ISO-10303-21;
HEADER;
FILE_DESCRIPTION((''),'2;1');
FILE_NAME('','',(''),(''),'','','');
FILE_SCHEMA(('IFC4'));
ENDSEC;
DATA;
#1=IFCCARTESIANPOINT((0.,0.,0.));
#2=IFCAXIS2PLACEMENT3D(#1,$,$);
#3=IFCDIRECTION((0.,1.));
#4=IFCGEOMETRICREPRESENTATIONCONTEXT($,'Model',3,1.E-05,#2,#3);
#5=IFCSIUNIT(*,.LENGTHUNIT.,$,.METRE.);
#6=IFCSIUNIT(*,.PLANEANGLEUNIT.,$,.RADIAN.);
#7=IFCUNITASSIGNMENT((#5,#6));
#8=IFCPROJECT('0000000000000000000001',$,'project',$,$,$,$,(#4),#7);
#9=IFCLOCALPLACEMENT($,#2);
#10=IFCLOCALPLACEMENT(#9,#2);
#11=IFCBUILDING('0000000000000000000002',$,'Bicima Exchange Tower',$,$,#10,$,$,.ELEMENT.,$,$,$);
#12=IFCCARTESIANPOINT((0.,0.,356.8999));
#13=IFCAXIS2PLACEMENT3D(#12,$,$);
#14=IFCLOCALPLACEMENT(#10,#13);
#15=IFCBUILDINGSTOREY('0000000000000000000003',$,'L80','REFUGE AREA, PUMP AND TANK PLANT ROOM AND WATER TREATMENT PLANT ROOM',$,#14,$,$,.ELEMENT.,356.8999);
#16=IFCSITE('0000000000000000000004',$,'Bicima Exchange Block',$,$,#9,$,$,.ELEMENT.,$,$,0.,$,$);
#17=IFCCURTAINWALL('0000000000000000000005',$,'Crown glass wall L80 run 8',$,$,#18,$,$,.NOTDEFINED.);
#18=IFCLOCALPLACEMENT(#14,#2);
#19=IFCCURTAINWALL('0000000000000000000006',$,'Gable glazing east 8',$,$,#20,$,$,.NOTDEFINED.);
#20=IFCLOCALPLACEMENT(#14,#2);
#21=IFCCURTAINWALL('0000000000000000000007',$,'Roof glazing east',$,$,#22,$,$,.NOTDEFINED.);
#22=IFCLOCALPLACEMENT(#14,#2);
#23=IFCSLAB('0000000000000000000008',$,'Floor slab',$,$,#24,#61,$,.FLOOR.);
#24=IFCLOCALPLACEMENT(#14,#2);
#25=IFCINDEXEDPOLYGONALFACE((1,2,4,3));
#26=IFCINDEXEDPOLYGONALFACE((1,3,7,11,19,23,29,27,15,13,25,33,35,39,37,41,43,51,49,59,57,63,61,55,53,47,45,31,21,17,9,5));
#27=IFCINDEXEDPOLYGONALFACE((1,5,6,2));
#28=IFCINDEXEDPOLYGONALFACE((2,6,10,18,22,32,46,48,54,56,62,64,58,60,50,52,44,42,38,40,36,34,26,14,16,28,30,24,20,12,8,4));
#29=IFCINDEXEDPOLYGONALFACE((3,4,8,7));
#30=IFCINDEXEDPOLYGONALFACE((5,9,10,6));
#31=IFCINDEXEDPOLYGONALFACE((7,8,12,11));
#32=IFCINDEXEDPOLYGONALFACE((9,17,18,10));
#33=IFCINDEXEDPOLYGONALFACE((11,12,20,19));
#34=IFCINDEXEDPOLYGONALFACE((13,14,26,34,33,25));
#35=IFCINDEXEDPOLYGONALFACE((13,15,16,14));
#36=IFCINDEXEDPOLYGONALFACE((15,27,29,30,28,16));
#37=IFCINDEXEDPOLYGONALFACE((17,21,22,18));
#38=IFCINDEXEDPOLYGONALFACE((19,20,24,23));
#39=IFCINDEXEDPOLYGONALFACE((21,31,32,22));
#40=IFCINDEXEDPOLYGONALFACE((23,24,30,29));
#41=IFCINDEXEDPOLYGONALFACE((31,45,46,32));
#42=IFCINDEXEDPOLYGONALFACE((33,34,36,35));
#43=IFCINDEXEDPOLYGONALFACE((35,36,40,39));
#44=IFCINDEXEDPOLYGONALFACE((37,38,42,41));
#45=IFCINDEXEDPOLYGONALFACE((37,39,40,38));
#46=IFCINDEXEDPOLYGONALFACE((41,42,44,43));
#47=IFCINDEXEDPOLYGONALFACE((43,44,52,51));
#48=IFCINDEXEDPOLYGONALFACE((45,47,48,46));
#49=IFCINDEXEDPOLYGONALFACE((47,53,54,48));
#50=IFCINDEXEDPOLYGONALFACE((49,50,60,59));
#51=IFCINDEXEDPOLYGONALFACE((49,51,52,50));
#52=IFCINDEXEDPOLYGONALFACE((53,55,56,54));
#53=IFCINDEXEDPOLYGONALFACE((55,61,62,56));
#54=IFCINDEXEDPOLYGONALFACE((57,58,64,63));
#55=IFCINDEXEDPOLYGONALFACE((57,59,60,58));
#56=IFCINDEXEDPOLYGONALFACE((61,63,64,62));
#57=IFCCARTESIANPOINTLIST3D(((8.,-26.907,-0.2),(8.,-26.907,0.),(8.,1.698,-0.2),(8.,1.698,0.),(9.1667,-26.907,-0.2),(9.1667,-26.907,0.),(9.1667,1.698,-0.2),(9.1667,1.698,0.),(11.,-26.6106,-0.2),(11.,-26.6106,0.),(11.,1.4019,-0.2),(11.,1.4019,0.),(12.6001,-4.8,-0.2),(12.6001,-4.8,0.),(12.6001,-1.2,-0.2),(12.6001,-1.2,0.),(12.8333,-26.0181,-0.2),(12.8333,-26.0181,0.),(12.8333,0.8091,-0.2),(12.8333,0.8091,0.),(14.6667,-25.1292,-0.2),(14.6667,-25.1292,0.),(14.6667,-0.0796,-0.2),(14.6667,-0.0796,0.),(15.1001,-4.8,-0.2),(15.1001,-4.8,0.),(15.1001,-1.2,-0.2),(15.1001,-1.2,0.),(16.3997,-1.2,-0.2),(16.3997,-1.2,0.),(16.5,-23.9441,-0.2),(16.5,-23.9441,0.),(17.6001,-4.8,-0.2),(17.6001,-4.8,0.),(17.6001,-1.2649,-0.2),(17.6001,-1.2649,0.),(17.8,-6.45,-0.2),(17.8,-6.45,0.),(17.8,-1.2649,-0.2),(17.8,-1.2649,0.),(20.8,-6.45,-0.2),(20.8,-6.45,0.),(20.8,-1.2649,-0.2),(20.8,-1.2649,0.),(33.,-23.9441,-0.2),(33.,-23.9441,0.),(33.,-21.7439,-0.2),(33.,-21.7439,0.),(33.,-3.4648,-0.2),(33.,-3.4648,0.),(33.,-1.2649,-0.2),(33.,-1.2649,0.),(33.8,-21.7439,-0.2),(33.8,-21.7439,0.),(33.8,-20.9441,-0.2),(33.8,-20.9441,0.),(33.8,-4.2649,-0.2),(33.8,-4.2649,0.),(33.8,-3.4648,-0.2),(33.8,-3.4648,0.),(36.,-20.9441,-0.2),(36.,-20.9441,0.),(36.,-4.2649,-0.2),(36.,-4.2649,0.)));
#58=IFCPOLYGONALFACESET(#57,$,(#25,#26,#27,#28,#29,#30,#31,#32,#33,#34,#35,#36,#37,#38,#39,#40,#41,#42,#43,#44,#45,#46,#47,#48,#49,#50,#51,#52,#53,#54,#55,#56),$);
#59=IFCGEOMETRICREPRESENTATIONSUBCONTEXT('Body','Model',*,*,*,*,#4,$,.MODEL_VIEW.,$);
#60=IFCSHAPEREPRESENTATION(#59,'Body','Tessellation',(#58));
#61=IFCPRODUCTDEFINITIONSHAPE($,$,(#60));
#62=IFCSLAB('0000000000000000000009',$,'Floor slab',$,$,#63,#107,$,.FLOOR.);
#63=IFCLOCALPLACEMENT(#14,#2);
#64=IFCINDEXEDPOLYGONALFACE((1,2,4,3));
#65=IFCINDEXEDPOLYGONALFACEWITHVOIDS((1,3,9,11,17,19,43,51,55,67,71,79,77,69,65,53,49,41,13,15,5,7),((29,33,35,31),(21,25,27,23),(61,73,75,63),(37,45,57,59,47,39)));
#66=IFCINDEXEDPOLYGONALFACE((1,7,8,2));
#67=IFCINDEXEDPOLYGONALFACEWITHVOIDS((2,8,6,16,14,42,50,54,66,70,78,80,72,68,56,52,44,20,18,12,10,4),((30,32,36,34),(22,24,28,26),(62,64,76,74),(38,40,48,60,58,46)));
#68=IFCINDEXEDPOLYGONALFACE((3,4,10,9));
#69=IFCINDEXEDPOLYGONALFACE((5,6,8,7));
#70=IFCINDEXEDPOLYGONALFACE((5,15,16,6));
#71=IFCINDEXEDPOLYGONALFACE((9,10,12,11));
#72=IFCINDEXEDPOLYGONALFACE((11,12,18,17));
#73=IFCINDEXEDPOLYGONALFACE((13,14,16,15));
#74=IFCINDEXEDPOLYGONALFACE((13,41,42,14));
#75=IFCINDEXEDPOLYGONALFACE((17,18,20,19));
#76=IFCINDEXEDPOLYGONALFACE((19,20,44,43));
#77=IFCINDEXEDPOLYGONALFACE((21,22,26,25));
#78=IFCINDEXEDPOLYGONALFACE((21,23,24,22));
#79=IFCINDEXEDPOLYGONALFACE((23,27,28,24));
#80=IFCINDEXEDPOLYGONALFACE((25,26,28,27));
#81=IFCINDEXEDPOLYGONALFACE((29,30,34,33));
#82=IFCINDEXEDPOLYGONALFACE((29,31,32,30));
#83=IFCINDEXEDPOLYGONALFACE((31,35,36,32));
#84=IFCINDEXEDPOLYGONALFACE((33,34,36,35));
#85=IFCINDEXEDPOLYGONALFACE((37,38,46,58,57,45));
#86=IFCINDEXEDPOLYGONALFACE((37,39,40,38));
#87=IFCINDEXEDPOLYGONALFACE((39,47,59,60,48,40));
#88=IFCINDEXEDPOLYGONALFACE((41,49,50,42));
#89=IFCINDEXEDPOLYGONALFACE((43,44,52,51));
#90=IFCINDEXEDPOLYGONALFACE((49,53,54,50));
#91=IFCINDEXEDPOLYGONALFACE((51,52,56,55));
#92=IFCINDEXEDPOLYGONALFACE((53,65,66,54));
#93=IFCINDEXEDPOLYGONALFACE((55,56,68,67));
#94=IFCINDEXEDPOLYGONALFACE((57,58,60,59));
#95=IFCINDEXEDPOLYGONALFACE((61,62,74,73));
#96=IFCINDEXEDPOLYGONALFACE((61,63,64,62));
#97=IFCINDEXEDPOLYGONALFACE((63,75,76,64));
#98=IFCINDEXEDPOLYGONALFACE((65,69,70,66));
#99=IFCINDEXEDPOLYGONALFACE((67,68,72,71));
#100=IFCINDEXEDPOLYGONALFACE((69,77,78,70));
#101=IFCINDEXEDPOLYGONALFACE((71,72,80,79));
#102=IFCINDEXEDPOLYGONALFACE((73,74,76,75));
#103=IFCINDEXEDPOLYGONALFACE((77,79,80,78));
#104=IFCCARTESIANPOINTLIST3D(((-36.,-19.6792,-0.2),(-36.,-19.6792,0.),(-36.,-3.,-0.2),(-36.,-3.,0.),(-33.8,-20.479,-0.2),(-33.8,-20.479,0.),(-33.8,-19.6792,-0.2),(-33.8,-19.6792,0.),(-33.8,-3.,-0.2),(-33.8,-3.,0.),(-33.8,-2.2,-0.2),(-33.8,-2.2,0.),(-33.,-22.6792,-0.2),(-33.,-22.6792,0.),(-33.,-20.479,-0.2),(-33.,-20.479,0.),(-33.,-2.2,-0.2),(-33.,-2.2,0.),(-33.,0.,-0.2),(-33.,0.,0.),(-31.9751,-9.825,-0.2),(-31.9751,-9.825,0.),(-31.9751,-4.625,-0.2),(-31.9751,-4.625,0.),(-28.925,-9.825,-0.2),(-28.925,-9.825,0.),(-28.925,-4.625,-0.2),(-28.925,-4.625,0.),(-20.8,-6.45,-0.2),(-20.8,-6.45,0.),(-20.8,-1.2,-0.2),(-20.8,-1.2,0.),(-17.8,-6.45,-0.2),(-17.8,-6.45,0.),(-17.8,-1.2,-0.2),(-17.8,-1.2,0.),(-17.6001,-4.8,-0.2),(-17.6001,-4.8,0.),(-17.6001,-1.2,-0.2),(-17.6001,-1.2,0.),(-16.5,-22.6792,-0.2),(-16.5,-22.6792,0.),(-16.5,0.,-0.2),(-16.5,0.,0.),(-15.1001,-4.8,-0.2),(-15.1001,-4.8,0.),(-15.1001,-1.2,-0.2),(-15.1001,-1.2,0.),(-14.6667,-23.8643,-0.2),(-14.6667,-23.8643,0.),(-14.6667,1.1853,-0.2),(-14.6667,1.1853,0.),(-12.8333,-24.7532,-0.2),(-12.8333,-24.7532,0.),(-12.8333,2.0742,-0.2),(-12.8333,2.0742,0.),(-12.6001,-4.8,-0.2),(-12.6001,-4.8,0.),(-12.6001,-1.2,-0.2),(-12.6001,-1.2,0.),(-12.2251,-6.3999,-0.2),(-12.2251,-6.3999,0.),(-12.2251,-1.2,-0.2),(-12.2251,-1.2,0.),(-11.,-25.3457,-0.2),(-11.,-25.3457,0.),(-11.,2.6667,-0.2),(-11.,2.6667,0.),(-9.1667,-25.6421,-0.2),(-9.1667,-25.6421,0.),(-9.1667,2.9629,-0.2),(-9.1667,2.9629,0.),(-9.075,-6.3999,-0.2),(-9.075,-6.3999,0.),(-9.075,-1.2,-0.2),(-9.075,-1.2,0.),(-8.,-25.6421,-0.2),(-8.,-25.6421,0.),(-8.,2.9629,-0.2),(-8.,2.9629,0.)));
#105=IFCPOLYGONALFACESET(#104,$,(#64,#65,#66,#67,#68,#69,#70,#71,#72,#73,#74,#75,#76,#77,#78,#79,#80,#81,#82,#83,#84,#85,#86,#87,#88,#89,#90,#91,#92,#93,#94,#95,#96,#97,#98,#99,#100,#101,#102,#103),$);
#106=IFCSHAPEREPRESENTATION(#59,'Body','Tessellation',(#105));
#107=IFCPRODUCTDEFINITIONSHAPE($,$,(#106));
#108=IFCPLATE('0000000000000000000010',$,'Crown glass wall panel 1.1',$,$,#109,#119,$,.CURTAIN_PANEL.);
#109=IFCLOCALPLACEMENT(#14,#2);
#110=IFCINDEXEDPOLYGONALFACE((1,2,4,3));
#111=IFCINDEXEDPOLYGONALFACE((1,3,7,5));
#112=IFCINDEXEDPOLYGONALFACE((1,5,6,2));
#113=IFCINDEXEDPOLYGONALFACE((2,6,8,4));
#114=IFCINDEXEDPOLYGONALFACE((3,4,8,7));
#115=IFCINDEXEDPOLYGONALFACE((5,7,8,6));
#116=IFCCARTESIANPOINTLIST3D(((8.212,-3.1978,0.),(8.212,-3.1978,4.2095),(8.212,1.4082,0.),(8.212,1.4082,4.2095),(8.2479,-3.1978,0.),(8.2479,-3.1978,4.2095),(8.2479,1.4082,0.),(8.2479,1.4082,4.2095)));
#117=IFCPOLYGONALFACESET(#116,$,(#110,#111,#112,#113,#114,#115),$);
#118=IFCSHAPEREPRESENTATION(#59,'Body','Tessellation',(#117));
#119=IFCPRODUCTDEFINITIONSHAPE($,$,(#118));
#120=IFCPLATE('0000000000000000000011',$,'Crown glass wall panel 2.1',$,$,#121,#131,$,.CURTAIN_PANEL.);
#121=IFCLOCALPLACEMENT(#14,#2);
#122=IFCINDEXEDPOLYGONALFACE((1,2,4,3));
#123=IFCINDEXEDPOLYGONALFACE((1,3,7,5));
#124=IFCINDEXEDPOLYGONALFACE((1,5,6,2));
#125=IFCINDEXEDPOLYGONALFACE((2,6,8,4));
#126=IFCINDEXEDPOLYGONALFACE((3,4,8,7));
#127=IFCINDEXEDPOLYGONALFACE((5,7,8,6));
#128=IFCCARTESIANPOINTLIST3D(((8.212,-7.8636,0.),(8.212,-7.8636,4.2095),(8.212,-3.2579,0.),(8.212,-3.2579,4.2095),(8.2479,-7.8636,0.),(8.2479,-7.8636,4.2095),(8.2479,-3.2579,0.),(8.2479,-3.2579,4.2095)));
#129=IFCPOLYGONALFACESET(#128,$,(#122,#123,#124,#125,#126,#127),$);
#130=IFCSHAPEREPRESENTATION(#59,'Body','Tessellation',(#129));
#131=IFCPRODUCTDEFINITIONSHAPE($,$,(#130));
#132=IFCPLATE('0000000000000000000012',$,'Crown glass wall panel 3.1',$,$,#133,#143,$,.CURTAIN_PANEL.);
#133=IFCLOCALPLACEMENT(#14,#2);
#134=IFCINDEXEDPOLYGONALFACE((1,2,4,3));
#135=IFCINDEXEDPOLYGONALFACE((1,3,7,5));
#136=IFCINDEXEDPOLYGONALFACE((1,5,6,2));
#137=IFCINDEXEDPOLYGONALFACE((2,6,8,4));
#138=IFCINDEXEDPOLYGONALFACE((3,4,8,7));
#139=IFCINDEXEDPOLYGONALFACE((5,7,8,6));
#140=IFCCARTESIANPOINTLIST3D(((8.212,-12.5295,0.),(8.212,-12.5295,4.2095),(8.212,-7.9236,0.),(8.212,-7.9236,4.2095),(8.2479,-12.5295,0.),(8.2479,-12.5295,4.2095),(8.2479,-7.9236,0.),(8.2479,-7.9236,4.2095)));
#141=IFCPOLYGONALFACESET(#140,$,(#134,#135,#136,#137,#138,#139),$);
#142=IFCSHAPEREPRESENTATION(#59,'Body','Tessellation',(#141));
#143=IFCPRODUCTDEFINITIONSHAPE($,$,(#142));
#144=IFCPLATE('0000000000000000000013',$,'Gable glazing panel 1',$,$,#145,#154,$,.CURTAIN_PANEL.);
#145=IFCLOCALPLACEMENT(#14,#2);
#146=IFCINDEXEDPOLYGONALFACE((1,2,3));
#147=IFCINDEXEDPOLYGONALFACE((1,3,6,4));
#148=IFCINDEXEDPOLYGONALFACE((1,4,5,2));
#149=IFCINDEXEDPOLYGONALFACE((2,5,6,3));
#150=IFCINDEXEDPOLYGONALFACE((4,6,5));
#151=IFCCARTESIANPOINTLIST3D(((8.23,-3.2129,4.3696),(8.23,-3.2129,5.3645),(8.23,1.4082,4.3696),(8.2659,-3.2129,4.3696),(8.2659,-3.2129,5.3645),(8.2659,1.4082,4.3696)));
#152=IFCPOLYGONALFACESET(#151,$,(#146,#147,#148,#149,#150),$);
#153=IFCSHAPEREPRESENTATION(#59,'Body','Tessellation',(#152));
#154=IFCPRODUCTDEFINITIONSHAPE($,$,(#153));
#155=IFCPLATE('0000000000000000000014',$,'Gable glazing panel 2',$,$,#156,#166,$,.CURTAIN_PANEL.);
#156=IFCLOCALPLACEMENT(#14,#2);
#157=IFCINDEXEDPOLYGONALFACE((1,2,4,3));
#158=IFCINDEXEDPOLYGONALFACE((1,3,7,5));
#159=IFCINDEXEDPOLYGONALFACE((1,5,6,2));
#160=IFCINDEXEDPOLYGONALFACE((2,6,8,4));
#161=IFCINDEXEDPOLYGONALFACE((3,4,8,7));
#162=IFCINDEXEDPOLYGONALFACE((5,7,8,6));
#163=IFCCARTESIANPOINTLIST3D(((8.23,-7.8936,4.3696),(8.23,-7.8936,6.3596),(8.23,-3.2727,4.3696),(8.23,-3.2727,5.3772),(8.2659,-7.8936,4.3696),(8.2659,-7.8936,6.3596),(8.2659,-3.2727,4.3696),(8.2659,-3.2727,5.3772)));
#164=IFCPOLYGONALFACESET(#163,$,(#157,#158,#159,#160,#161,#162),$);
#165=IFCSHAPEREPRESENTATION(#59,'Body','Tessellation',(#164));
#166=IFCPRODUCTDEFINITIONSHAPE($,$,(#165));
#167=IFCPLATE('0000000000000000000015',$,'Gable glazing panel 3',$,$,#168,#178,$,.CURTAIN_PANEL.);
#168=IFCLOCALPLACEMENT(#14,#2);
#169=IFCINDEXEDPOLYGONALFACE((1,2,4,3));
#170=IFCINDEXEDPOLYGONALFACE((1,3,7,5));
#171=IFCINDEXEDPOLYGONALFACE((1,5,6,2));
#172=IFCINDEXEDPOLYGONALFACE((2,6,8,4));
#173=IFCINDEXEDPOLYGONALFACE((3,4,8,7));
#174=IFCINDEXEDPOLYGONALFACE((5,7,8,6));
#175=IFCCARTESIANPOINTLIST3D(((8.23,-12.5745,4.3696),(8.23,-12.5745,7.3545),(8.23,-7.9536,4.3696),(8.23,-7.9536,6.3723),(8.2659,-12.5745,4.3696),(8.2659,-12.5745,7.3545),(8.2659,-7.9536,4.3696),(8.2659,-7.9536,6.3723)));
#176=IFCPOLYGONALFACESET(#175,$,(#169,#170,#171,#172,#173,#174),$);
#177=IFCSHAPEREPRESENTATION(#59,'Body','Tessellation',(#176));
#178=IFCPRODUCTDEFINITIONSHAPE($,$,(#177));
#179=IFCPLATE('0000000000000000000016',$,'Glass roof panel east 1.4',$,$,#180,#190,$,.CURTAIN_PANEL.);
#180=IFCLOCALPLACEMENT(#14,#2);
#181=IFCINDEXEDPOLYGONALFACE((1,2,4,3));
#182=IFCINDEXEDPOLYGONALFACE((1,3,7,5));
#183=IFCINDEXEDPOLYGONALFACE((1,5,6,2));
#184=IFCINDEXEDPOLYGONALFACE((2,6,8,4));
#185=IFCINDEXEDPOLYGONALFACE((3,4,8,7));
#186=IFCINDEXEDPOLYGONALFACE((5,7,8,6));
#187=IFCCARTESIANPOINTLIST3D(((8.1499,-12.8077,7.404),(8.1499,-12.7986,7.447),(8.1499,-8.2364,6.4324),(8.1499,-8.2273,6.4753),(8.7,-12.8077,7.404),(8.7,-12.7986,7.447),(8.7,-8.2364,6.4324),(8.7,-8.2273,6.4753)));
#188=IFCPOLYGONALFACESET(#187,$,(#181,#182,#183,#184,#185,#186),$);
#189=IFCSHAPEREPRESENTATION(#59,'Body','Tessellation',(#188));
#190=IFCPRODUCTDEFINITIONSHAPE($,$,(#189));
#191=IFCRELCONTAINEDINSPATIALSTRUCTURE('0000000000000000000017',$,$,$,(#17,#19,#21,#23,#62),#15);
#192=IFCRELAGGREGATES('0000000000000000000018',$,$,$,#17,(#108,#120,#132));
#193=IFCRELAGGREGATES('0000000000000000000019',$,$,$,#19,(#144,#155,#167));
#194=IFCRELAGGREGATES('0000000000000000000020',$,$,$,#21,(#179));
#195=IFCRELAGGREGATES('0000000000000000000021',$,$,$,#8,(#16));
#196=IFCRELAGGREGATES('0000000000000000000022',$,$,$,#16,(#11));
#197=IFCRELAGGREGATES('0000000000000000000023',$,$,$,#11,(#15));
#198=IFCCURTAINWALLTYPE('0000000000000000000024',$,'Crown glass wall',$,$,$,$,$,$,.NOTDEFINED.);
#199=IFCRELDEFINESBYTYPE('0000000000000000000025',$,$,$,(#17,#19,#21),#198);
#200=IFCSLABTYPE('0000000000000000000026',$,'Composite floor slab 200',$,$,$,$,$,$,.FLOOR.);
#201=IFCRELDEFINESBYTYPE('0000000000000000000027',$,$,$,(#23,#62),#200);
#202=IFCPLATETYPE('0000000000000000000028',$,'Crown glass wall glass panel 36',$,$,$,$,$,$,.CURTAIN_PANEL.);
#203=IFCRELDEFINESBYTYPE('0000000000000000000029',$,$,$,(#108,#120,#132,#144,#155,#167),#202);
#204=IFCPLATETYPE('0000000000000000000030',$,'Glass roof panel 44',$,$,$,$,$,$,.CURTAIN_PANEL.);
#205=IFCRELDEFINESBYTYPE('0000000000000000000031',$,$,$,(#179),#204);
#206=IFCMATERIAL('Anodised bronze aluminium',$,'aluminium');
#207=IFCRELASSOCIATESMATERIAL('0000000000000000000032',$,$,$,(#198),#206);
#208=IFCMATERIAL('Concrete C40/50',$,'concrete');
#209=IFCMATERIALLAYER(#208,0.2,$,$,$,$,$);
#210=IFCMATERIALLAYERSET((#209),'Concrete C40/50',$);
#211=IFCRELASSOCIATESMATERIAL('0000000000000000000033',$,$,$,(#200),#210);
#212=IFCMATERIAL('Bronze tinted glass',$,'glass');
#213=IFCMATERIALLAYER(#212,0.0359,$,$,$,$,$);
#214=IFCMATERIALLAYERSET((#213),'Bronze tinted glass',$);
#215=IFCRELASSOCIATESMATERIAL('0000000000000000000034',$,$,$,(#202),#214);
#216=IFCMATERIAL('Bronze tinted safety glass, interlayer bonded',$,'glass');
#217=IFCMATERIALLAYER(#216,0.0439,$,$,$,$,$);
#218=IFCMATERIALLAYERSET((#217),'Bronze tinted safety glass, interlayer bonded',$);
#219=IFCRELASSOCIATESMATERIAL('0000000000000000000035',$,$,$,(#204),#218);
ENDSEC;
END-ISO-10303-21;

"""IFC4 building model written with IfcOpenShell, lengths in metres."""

from ifc_helpers import new_model, si_unit, direction, frame, origin, origin_2d, place, context, subcontext, project, spatial, polyline, rectangle, outline, extrude, material, layer, layer_set, type_object, element, aggregate, save


model = new_model("IFC4")

# Units and contexts
model_context = context("Model", 3, precision=1e-05, world=origin(), true_north=direction((0.0, 1.0)))
body_context = subcontext(model_context, "Body", "Model", "MODEL_VIEW")
ifc_project = project(units=[si_unit("LENGTHUNIT", "METRE"), si_unit("PLANEANGLEUNIT", "RADIAN")], contexts=[model_context])

# Site, building, storey
site_placement = place(None, origin())
site = spatial("IfcSite", under=ifc_project, at=site_placement, Name="Bicima Exchange Block", CompositionType="ELEMENT", RefElevation=0.0)
building_placement = place(site_placement, origin())
building = spatial("IfcBuilding", under=site, at=building_placement, Name="Bicima Exchange Tower", CompositionType="ELEMENT")
storey_placement = place(building_placement, frame((0.0, 0.0, 356.8999)))
storey = spatial("IfcBuildingStorey", under=building, at=storey_placement, Name="L80", Description="REFUGE AREA, PUMP AND TANK PLANT ROOM AND WATER TREATMENT PLANT ROOM", CompositionType="ELEMENT", Elevation=356.8999)

# Shared definitions
ifc_material_1 = material(Name="Anodised bronze aluminium", Category="aluminium")
curtain_wall_type = type_object("IfcCurtainWallType", Name="Crown glass wall", PredefinedType="NOTDEFINED", material=ifc_material_1)

# Curtain walls
curtain_wall_1_placement = place(storey_placement, origin())
curtain_wall_1 = element("IfcCurtainWall", 1, at=curtain_wall_1_placement, inside=storey, type_object=curtain_wall_type, Name="Crown glass wall L80 run 8", PredefinedType="NOTDEFINED")
curtain_wall_2_placement = place(storey_placement, origin())
curtain_wall_2 = element("IfcCurtainWall", 2, at=curtain_wall_2_placement, inside=storey, type_object=curtain_wall_type, Name="Gable glazing east 8", PredefinedType="NOTDEFINED")

# Curtain wall
curtain_wall_3_placement = place(storey_placement, origin())
curtain_wall_3 = element("IfcCurtainWall", 3, at=curtain_wall_3_placement, inside=storey, type_object=curtain_wall_type, Name="Roof glazing east", PredefinedType="NOTDEFINED")

# Slabs
ifc_material_2 = material(Name="Concrete C40/50", Category="concrete")
ifc_layer_1 = layer(ifc_material_2, 0.2)
ifc_layer_set_1 = layer_set([ifc_layer_1], Name="Concrete C40/50")
slab_type_1 = type_object("IfcSlabType", Name="Composite floor slab 200", PredefinedType="FLOOR", material=ifc_layer_set_1)
slab_1_placement = place(storey_placement, frame((0.0, 0.0, -0.2)))
element("IfcSlab", 4, at=slab_1_placement, inside=storey, type_object=slab_type_1, Name="Floor slab", PredefinedType="FLOOR", context=body_context, shape_type="SweptSolid", body=[
    extrude(outline(polyline([(33.0, -1.2649), (33.0, -3.4648), (33.8, -3.4648), (33.8, -4.2649), (36.0, -4.2649), (36.0, -20.9441), (33.8, -20.9441), (33.8, -21.7439), (33.0, -21.7439), (33.0, -23.9441), (16.5, -23.9441), (14.6667, -25.1292), (12.8333, -26.0181), (11.0, -26.6106), (9.1667, -26.907), (8.0, -26.907), (8.0, 1.698), (9.1667, 1.698), (11.0, 1.4019), (12.8333, 0.8091), (14.6667, -0.0796), (16.3997, -1.2), (15.1001, -1.2), (12.6001, -1.2), (12.6001, -4.8), (15.1001, -4.8), (17.6001, -4.8), (17.6001, -1.2649), (17.8, -1.2649), (17.8, -6.45), (20.8, -6.45), (20.8, -1.2649), (33.0, -1.2649)])), origin(), (0.0, 0.0, 1.0), 0.2),
])
slab_2_placement = place(storey_placement, frame((0.0, 0.0, -0.2)))
element("IfcSlab", 5, at=slab_2_placement, inside=storey, type_object=slab_type_1, Name="Floor slab", PredefinedType="FLOOR", context=body_context, shape_type="SweptSolid", body=[
    extrude(outline(polyline([(-33.8, -19.6792), (-36.0, -19.6792), (-36.0, -3.0), (-33.8, -3.0), (-33.8, -2.2), (-33.0, -2.2), (-33.0, 0.0), (-16.5, 0.0), (-14.6667, 1.1853), (-12.8333, 2.0742), (-11.0, 2.6667), (-9.1667, 2.9629), (-8.0, 2.9629), (-8.0, -25.6421), (-9.1667, -25.6421), (-11.0, -25.3457), (-12.8333, -24.7532), (-14.6667, -23.8643), (-16.5, -22.6792), (-33.0, -22.6792), (-33.0, -20.479), (-33.8, -20.479), (-33.8, -19.6792)]), holes=[polyline([(-28.925, -4.625), (-31.9751, -4.625), (-31.9751, -9.825), (-28.925, -9.825), (-28.925, -4.625)]), polyline([(-17.8, -1.2), (-20.8, -1.2), (-20.8, -6.45), (-17.8, -6.45), (-17.8, -1.2)]), polyline([(-9.075, -1.2), (-12.2251, -1.2), (-12.2251, -6.3999), (-9.075, -6.3999), (-9.075, -1.2)]), polyline([(-12.6001, -1.2), (-15.1001, -1.2), (-17.6001, -1.2), (-17.6001, -4.8), (-15.1001, -4.8), (-12.6001, -4.8), (-12.6001, -1.2)])]), origin(), (0.0, 0.0, 1.0), 0.2),
])

# Plates
ifc_material_3 = material(Name="Bronze tinted glass", Category="glass")
ifc_layer_2 = layer(ifc_material_3, 0.0359)
ifc_layer_set_2 = layer_set([ifc_layer_2], Name="Bronze tinted glass")
plate_type_1 = type_object("IfcPlateType", Name="Crown glass wall glass panel 36", PredefinedType="CURTAIN_PANEL", material=ifc_layer_set_2)
plate_1_placement = place(storey_placement, frame((8.23, -0.8948, 0.0), z_axis=(0.0, 0.0, 1.0), x_axis=(0.0, -1.0, 0.0)))
plate_1 = element("IfcPlate", 6, at=plate_1_placement, type_object=plate_type_1, Name="Crown glass wall panel 1.1", PredefinedType="CURTAIN_PANEL", context=body_context, shape_type="SweptSolid", body=[
    extrude(rectangle(XDim=4.606, YDim=0.0359, at=origin_2d()), origin(), (0.0, 0.0, 1.0), 4.2095),
])
plate_2_placement = place(storey_placement, frame((8.23, -5.5608, 0.0), z_axis=(0.0, 0.0, 1.0), x_axis=(0.0, -1.0, 0.0)))
plate_2 = element("IfcPlate", 7, at=plate_2_placement, type_object=plate_type_1, Name="Crown glass wall panel 2.1", PredefinedType="CURTAIN_PANEL", context=body_context, shape_type="SweptSolid", body=[
    extrude(rectangle(XDim=4.6057, YDim=0.0359, at=origin_2d()), origin(), (0.0, 0.0, 1.0), 4.2095),
])
plate_3_placement = place(storey_placement, frame((8.23, -10.2266, 0.0), z_axis=(0.0, 0.0, 1.0), x_axis=(0.0, -1.0, 0.0)))
plate_3 = element("IfcPlate", 8, at=plate_3_placement, type_object=plate_type_1, Name="Crown glass wall panel 3.1", PredefinedType="CURTAIN_PANEL", context=body_context, shape_type="SweptSolid", body=[
    extrude(rectangle(XDim=4.606, YDim=0.0359, at=origin_2d()), origin(), (0.0, 0.0, 1.0), 4.2095),
])
aggregate(curtain_wall_1, [plate_1, plate_2, plate_3])
plate_4_placement = place(storey_placement, frame((8.23, 1.4082, 4.3696), z_axis=(-1.0, 0.0, 0.0), x_axis=(0.0, -1.0, 0.0)))
plate_4 = element("IfcPlate", 9, at=plate_4_placement, type_object=plate_type_1, Name="Gable glazing panel 1", PredefinedType="CURTAIN_PANEL", context=body_context, shape_type="SweptSolid", body=[
    extrude(outline(polyline([(0.0, 0.0), (4.6211, 0.0), (4.6211, 0.9949), (0.0, 0.0)])), origin(), (0.0, 0.0, -1.0), 0.0359),
])
plate_5_placement = place(storey_placement, frame((8.23, -3.2727, 4.3696), z_axis=(-1.0, 0.0, 0.0), x_axis=(0.0, -1.0, 0.0)))
plate_5 = element("IfcPlate", 10, at=plate_5_placement, type_object=plate_type_1, Name="Gable glazing panel 2", PredefinedType="CURTAIN_PANEL", context=body_context, shape_type="SweptSolid", body=[
    extrude(outline(polyline([(0.0, 0.0), (4.6208, 0.0), (4.6208, 1.99), (0.0, 1.0076), (0.0, 0.0)])), origin(), (0.0, 0.0, -1.0), 0.0359),
])
plate_6_placement = place(storey_placement, frame((8.23, -7.9536, 4.3696), z_axis=(-1.0, 0.0, 0.0), x_axis=(0.0, -1.0, 0.0)))
plate_6 = element("IfcPlate", 11, at=plate_6_placement, type_object=plate_type_1, Name="Gable glazing panel 3", PredefinedType="CURTAIN_PANEL", context=body_context, shape_type="SweptSolid", body=[
    extrude(outline(polyline([(0.0, 0.0), (4.6208, 0.0), (4.6208, 2.9849), (0.0, 2.0027), (0.0, 0.0)])), origin(), (0.0, 0.0, -1.0), 0.0359),
])
aggregate(curtain_wall_2, [plate_4, plate_5, plate_6])
ifc_material_4 = material(Name="Bronze tinted safety glass, interlayer bonded", Category="glass")
ifc_layer_3 = layer(ifc_material_4, 0.0439)
ifc_layer_set_3 = layer_set([ifc_layer_3], Name="Bronze tinted safety glass, interlayer bonded")
plate_type_2 = type_object("IfcPlateType", Name="Glass roof panel 44", PredefinedType="CURTAIN_PANEL", material=ifc_layer_set_3)
plate_7_placement = place(storey_placement, frame((8.1499, -8.2273, 6.4753), z_axis=(0.0, 0.207916, 0.978147), x_axis=(1.0, 0.0, 0.0)))
plate_7 = element("IfcPlate", 12, at=plate_7_placement, type_object=plate_type_2, Name="Glass roof panel east 1.4", PredefinedType="CURTAIN_PANEL", context=body_context, shape_type="SweptSolid", body=[
    extrude(outline(polyline([(0.0, 0.0), (0.55, 0.0), (0.55, -4.6734), (0.0, -4.6734), (0.0, 0.0)])), origin(), (0.0, 0.0, -1.0), 0.0439),
])
aggregate(curtain_wall_3, [plate_7])

save(model, "model.ifc")
